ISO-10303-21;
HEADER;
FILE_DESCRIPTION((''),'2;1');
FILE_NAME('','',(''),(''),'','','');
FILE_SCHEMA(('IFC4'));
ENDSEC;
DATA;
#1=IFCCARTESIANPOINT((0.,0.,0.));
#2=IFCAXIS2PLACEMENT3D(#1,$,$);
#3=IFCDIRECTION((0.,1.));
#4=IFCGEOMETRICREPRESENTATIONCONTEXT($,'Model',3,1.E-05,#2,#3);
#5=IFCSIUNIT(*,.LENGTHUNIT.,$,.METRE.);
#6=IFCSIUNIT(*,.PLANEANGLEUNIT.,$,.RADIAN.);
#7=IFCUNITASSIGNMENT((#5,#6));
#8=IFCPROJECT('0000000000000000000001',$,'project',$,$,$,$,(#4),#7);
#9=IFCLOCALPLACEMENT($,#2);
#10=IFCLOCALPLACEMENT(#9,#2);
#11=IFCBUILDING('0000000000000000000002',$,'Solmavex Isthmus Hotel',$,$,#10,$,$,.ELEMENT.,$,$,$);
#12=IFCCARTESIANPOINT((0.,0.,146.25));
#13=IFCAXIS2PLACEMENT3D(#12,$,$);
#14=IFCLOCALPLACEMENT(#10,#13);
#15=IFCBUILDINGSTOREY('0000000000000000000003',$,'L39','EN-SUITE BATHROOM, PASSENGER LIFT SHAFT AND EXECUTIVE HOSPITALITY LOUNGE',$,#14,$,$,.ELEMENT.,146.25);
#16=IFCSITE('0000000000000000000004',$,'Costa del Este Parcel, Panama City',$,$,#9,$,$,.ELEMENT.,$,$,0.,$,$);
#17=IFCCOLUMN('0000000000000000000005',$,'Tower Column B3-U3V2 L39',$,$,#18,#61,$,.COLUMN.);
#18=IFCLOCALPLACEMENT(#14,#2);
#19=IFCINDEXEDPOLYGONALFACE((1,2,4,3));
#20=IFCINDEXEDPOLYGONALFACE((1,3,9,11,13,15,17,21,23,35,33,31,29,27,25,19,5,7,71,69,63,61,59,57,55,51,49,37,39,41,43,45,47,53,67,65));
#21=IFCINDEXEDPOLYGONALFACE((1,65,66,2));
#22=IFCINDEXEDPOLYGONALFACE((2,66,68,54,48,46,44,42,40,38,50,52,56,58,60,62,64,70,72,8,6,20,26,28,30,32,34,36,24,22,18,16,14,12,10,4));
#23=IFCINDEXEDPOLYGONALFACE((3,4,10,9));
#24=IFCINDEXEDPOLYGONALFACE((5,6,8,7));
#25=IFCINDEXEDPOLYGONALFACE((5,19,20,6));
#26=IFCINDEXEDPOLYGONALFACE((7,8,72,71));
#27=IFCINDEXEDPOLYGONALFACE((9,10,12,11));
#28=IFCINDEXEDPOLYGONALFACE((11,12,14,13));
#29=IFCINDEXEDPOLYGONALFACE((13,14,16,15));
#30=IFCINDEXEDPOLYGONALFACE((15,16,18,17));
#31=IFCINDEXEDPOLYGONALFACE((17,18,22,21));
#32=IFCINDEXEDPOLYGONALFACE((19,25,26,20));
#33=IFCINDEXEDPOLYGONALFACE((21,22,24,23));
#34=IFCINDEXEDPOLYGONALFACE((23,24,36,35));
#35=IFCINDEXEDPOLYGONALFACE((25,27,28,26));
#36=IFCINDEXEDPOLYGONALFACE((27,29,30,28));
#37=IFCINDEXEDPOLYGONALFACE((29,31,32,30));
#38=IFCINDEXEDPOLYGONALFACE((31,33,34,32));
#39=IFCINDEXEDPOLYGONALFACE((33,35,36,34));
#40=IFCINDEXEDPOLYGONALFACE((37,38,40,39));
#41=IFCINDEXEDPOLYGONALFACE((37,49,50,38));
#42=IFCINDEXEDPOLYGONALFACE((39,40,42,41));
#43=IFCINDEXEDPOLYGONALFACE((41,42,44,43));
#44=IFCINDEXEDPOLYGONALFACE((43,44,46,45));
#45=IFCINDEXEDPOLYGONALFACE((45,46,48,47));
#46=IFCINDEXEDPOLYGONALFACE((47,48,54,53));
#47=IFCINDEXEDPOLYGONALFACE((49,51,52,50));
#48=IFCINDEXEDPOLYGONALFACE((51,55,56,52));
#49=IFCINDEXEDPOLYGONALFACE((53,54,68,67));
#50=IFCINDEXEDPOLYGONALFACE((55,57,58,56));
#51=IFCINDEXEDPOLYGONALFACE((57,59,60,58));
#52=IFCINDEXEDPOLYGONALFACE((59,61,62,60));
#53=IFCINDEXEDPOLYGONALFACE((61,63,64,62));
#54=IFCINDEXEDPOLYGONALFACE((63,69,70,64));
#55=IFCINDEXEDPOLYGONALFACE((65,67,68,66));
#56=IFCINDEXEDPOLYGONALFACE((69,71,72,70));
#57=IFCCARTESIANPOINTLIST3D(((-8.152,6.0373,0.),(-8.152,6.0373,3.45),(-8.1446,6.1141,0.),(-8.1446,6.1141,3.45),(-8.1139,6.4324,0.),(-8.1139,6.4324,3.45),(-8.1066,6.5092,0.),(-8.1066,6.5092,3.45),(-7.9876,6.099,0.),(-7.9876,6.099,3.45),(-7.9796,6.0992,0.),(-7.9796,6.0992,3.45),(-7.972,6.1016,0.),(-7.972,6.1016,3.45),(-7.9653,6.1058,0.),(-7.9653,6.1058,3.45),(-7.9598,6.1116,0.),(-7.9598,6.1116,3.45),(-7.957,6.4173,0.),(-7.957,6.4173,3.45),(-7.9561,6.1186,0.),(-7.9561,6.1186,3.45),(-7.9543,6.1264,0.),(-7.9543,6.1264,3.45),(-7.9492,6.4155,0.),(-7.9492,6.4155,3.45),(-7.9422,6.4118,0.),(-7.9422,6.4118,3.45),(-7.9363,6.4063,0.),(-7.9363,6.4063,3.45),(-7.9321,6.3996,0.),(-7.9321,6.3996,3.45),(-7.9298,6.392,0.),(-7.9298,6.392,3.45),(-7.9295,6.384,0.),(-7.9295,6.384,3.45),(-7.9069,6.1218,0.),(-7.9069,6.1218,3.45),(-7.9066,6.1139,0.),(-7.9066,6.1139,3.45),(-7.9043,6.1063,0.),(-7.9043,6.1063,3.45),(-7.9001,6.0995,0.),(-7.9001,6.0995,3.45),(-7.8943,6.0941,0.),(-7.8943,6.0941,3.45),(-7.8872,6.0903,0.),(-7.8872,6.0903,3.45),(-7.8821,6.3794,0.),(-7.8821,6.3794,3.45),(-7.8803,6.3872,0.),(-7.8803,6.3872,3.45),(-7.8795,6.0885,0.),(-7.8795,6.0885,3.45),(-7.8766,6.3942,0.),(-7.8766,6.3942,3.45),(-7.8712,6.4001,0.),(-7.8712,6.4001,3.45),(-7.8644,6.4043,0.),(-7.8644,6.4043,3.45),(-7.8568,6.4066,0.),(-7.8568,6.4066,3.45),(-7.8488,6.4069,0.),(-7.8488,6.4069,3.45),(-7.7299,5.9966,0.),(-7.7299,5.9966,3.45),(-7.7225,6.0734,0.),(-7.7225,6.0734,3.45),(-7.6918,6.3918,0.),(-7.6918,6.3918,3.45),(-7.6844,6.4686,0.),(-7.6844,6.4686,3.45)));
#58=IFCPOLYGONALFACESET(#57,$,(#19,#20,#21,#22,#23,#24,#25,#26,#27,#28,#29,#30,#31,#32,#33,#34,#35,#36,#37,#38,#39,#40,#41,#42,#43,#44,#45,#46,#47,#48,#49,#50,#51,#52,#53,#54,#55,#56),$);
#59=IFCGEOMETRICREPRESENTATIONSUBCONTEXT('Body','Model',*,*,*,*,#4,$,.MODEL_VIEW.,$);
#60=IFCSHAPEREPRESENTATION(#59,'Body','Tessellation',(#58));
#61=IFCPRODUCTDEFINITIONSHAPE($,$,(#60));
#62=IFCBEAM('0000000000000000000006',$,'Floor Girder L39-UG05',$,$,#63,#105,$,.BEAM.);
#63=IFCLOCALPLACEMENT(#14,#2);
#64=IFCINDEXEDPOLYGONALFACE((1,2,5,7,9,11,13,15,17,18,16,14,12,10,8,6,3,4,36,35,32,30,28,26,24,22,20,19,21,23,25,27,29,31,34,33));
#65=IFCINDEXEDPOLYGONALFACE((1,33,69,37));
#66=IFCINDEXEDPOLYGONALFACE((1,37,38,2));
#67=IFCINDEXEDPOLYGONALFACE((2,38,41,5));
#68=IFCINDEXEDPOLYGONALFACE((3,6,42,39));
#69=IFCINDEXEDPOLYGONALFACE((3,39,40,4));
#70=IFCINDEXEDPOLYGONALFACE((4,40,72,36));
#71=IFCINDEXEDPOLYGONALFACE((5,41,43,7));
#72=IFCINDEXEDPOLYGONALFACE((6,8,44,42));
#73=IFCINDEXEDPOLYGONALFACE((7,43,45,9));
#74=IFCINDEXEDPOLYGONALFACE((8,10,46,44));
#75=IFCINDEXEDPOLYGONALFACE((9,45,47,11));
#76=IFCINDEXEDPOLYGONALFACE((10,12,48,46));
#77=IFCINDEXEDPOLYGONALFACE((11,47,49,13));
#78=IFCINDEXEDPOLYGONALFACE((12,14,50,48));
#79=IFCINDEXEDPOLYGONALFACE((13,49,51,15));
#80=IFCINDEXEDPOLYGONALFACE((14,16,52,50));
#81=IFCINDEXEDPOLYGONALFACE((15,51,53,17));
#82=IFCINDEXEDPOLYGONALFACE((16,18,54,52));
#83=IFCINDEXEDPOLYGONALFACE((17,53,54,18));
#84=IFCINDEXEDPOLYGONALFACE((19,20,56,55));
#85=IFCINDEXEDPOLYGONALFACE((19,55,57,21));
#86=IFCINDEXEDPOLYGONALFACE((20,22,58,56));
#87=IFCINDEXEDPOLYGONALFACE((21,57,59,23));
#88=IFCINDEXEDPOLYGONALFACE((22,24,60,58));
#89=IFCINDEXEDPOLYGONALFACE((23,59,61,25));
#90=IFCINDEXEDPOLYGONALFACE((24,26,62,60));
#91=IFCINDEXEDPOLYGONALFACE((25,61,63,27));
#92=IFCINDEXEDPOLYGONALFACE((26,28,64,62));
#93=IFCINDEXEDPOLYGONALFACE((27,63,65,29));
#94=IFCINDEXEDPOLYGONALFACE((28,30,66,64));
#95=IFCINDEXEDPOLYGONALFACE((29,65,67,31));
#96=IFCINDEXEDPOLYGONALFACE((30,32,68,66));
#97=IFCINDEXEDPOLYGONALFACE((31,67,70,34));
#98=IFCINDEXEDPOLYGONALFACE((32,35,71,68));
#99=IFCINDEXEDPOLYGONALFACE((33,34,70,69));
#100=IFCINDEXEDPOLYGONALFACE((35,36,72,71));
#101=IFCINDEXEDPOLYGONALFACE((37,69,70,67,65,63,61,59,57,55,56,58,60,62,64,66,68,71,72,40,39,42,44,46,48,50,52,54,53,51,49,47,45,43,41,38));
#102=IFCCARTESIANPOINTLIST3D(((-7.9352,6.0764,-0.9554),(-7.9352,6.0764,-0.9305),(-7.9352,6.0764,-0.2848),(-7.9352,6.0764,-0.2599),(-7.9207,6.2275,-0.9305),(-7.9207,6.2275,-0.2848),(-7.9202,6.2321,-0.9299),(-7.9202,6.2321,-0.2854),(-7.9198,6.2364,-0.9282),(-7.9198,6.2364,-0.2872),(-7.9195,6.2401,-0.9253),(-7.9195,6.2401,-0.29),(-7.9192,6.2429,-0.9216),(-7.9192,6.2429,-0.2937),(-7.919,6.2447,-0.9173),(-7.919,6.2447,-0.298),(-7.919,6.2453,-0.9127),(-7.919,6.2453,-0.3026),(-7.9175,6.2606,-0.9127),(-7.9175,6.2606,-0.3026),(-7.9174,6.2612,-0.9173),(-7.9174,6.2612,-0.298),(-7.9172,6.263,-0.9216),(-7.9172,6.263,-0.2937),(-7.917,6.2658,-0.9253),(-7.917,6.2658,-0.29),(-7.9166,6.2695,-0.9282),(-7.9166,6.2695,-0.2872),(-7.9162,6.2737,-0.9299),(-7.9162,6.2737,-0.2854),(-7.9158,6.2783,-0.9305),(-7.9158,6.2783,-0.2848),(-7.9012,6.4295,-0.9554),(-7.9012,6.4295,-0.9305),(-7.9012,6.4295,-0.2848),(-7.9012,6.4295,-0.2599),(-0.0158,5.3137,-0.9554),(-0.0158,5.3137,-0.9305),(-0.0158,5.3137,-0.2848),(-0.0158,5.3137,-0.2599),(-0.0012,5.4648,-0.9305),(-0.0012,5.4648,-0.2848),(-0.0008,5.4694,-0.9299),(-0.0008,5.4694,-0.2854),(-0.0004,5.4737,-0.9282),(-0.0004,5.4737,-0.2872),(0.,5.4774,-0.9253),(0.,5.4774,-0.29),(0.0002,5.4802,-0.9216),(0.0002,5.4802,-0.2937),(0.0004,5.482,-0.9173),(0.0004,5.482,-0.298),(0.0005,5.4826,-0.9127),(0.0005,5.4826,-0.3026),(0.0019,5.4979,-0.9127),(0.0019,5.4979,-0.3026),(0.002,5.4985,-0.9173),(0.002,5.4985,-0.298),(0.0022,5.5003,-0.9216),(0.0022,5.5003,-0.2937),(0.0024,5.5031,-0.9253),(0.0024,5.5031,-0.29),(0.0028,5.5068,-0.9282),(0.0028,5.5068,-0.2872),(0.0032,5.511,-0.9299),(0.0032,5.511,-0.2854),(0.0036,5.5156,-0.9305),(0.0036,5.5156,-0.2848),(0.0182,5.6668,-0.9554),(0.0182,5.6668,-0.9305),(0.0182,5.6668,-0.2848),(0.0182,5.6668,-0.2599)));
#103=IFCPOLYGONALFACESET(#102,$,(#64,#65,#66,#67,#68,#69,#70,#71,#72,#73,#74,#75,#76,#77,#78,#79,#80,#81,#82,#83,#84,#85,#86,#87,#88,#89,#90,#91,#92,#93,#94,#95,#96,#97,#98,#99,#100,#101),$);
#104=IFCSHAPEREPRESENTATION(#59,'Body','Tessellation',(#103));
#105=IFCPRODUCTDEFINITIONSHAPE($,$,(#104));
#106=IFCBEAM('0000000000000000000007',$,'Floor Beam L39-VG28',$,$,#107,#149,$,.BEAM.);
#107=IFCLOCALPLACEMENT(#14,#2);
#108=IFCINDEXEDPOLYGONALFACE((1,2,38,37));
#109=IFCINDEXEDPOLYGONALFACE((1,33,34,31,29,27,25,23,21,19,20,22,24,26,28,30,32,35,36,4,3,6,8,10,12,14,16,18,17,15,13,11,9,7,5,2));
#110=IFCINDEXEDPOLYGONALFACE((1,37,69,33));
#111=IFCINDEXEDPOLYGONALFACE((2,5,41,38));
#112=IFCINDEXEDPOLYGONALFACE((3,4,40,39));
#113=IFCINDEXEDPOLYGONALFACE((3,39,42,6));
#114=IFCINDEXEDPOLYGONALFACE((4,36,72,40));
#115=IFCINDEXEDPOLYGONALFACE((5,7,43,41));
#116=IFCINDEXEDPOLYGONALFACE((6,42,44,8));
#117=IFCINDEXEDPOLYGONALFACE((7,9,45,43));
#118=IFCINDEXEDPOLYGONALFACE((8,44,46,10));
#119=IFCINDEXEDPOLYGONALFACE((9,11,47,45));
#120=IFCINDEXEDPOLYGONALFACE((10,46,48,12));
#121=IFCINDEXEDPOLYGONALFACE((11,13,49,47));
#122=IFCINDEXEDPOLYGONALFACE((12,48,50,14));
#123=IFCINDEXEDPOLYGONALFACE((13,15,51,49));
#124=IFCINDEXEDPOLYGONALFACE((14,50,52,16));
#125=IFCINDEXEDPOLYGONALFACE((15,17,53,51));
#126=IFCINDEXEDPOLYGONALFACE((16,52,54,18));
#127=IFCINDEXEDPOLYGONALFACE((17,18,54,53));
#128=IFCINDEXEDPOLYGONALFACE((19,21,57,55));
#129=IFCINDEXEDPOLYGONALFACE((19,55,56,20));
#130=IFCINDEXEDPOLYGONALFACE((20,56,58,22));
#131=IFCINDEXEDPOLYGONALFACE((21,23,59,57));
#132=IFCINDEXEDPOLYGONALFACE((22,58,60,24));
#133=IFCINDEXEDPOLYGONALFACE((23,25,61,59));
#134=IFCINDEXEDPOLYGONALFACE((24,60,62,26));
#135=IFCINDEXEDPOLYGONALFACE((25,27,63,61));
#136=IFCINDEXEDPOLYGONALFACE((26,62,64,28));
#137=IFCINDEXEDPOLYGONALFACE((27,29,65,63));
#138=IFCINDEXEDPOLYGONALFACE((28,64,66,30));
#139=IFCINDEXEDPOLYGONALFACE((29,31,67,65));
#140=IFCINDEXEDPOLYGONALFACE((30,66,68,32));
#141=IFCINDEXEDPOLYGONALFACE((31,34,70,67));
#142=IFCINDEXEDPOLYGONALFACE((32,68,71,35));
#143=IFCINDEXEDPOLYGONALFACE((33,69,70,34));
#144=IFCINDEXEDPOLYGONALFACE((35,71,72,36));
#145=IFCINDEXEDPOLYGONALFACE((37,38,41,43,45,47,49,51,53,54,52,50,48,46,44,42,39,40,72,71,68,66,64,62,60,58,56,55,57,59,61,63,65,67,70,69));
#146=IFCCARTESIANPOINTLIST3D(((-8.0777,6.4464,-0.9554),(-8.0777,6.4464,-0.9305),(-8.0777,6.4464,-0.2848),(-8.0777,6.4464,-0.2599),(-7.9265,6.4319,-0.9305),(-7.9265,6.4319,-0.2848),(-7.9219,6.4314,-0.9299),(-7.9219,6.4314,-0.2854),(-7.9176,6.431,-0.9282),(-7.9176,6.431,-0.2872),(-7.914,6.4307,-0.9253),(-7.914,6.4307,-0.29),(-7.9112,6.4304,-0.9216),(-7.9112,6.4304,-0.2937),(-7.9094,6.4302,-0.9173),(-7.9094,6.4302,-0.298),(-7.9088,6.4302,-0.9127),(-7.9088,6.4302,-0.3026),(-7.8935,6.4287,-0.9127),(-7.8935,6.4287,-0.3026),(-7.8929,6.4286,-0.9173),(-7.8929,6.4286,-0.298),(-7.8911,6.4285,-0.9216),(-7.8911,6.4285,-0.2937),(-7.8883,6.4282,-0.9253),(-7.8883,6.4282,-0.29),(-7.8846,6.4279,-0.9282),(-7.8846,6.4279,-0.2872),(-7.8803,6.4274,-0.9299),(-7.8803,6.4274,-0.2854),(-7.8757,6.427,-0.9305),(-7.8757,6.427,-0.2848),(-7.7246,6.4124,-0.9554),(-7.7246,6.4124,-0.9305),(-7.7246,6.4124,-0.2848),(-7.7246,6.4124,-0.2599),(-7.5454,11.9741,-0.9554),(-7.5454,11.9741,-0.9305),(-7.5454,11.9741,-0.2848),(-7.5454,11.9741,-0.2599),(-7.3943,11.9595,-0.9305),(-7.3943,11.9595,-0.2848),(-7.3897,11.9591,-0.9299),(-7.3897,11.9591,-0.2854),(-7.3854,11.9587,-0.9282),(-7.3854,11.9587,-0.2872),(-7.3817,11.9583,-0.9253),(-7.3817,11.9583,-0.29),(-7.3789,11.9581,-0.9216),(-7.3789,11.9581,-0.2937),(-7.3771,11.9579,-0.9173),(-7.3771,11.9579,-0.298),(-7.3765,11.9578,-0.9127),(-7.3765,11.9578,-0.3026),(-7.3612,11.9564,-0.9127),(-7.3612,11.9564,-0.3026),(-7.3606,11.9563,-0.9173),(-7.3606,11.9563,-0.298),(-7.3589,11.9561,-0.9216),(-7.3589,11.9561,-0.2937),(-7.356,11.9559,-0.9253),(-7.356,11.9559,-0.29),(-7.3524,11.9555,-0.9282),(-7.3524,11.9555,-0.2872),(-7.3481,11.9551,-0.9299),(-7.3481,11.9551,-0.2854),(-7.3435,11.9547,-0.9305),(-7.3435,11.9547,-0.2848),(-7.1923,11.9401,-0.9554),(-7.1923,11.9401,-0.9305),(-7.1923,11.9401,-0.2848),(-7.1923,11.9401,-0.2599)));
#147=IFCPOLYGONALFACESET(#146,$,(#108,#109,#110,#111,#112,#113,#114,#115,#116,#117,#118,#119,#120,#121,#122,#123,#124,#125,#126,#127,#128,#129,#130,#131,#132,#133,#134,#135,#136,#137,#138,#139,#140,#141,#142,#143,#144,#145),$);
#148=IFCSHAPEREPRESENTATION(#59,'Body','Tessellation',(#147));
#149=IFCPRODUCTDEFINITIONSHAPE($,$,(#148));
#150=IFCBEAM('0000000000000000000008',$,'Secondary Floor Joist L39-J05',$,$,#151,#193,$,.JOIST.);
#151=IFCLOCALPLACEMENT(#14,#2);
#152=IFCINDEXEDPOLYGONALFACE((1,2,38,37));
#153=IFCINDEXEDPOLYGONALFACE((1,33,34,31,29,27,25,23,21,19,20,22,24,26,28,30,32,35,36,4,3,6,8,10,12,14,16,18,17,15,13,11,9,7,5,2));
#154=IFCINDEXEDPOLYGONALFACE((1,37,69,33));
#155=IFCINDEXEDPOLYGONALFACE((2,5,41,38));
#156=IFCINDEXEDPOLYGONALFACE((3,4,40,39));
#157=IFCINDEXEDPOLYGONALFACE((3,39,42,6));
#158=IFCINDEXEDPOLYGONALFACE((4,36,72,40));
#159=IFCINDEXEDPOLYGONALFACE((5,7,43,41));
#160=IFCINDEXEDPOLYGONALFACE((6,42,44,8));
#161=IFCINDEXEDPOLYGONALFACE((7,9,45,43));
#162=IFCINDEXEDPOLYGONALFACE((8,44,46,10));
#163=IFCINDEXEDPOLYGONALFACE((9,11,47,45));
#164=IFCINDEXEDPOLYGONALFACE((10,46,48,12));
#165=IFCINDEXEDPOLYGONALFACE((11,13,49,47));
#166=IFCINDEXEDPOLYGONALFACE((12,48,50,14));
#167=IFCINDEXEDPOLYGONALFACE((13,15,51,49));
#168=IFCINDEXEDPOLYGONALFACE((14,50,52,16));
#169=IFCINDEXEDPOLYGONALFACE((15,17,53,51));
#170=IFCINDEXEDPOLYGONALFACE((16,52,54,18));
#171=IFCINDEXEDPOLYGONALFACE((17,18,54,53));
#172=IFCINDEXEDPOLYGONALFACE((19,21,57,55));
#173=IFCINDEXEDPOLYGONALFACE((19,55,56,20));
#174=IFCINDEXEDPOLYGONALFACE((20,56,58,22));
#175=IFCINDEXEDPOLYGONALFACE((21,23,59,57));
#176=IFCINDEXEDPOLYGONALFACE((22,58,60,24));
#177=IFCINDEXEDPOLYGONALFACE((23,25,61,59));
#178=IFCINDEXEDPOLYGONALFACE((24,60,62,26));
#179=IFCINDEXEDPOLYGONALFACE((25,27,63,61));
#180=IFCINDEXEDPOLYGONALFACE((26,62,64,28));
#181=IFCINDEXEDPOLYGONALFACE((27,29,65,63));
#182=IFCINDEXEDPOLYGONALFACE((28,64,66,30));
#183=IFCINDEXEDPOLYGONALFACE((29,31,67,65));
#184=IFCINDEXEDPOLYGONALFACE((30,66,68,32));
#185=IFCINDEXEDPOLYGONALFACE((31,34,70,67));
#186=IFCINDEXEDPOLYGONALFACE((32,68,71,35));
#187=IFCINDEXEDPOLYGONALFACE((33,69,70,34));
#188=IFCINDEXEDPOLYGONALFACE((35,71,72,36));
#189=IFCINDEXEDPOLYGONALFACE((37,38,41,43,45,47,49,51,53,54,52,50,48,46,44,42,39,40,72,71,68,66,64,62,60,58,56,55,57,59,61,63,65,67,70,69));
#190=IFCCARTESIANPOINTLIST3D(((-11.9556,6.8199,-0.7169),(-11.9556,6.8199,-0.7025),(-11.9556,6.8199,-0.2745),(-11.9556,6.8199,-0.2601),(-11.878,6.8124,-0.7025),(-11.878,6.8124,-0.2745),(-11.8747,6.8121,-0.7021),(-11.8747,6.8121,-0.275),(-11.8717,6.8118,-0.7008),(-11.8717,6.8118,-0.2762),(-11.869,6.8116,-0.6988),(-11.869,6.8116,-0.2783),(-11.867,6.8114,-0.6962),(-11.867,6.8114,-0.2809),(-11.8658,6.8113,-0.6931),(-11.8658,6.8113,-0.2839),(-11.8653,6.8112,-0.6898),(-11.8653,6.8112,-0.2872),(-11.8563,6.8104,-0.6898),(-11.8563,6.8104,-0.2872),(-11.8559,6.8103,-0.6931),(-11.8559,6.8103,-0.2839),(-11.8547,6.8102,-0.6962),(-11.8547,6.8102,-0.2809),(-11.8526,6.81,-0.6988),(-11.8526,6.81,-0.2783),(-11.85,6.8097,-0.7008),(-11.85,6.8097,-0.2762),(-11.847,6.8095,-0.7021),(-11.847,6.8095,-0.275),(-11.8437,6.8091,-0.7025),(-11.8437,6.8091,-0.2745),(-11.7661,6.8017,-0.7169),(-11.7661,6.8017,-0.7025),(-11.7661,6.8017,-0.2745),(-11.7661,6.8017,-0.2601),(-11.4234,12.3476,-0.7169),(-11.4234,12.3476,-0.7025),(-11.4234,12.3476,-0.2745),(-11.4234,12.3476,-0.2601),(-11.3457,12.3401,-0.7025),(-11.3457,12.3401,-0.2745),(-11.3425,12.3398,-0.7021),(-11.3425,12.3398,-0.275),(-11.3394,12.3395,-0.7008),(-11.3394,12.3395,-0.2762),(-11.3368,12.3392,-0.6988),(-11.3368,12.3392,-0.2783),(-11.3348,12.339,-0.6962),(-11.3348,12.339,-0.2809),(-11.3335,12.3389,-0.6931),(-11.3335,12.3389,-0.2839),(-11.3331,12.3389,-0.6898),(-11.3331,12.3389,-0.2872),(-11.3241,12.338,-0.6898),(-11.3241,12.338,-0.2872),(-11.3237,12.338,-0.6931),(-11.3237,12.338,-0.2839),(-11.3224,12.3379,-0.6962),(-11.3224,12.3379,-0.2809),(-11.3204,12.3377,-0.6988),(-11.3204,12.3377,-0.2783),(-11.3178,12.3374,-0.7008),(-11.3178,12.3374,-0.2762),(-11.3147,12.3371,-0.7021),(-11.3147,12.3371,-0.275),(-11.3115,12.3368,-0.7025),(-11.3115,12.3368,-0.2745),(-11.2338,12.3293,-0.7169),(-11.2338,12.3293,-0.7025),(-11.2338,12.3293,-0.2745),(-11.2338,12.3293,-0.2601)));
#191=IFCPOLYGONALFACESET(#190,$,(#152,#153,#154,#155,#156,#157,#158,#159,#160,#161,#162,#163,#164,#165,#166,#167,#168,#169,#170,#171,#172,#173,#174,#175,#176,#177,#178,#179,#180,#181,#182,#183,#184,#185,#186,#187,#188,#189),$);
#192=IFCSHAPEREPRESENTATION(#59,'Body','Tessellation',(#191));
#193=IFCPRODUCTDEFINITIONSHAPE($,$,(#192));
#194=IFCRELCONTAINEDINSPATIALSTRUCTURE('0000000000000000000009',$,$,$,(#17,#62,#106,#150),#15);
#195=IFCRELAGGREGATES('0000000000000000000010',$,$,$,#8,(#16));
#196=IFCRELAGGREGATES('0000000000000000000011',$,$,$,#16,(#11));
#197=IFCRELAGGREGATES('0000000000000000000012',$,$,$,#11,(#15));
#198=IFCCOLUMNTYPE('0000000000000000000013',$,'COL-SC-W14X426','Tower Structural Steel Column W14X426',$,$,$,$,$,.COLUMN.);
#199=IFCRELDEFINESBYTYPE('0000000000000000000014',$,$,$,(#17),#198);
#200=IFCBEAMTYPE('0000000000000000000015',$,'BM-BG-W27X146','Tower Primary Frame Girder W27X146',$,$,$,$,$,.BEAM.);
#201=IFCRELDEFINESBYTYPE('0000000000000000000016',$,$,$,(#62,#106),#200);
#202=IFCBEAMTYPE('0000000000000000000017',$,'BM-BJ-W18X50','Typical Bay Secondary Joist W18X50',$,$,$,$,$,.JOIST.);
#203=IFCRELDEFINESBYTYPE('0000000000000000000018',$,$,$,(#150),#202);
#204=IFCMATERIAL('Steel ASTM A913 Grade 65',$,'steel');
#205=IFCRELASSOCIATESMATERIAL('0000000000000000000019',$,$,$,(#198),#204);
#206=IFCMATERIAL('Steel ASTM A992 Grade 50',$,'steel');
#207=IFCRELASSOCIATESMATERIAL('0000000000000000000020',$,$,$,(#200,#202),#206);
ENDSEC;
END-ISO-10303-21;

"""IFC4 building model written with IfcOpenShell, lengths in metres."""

from ifc_helpers import new_model, si_unit, direction, frame, origin, origin_2d, place, context, subcontext, project, spatial, i_section, extrude, material, material_profile, profile_set, type_object, element, save


model = new_model("IFC4")

# Units and contexts
model_context = context("Model", 3, precision=1e-05, world=origin(), true_north=direction((0.0, 1.0)))
body_context = subcontext(model_context, "Body", "Model", "MODEL_VIEW")
ifc_project = project(units=[si_unit("LENGTHUNIT", "METRE"), si_unit("PLANEANGLEUNIT", "RADIAN")], contexts=[model_context])

# Site, building, storey
site_placement = place(None, origin())
site = spatial("IfcSite", under=ifc_project, at=site_placement, Name="Costa del Este Parcel, Panama City", CompositionType="ELEMENT", RefElevation=0.0)
building_placement = place(site_placement, origin())
building = spatial("IfcBuilding", under=site, at=building_placement, Name="Solmavex Isthmus Hotel", CompositionType="ELEMENT")
storey_placement = place(building_placement, frame((0.0, 0.0, 146.25)))
storey = spatial("IfcBuildingStorey", under=building, at=storey_placement, Name="L39", Description="EN-SUITE BATHROOM, PASSENGER LIFT SHAFT AND EXECUTIVE HOSPITALITY LOUNGE", CompositionType="ELEMENT", Elevation=146.25)

# Column
ifc_material_1 = material(Name="Steel ASTM A913 Grade 65", Category="steel")
ifc_material_profile_1 = material_profile(ifc_material_1, i_section(OverallWidth=0.4241, OverallDepth=0.4741, WebThickness=0.0476, FlangeThickness=0.0771, FilletRadius=0.0305, at=origin_2d()), Name="W14X426")
ifc_profile_set_1 = profile_set([ifc_material_profile_1], Name="Steel ASTM A913 Grade 65")
column_type = type_object("IfcColumnType", Name="COL-SC-W14X426", Description="Tower Structural Steel Column W14X426", PredefinedType="COLUMN", material=ifc_profile_set_1)
column_placement = place(storey_placement, frame((-7.9182, 6.2529, 0.0), z_axis=(0.0, 0.0, 1.0), x_axis=(0.995396, -0.095846, 0.0)))
element("IfcColumn", 1, at=column_placement, inside=storey, type_object=column_type, Name="Tower Column B3-U3V2 L39", PredefinedType="COLUMN", context=body_context, shape_type="SweptSolid", body=[
    extrude(i_section(OverallWidth=0.4241, OverallDepth=0.4741, WebThickness=0.0476, FlangeThickness=0.0771, FilletRadius=0.0305, at=origin_2d()), origin(), (0.0, 0.0, 1.0), 3.45),
])

# Beams
ifc_material_2 = material(Name="Steel ASTM A992 Grade 50", Category="steel")
ifc_material_profile_2 = material_profile(ifc_material_2, i_section(OverallWidth=0.3547, OverallDepth=0.6956, WebThickness=0.0154, FlangeThickness=0.0249, FilletRadius=0.0178, at=origin_2d()), Name="W27X146")
ifc_profile_set_2 = profile_set([ifc_material_profile_2], Name="Steel ASTM A992 Grade 50")
beam_type_1 = type_object("IfcBeamType", Name="BM-BG-W27X146", Description="Tower Primary Frame Girder W27X146", PredefinedType="BEAM", material=ifc_profile_set_2)
beam_1_placement = place(storey_placement, frame((-7.9182, 6.2529, -0.6077), z_axis=(0.995395, -0.095863, 0.0), x_axis=(0.095863, 0.995395, 0.0)))
element("IfcBeam", 2, at=beam_1_placement, inside=storey, type_object=beam_type_1, Name="Floor Girder L39-UG05", PredefinedType="BEAM", context=body_context, shape_type="SweptSolid", body=[
    extrude(i_section(OverallWidth=0.3547, OverallDepth=0.6956, WebThickness=0.0154, FlangeThickness=0.0249, FilletRadius=0.0178, at=origin_2d()), origin(), (0.0, 0.0, 1.0), 7.9561),
])
beam_2_placement = place(storey_placement, frame((-7.9011, 6.4294, -0.6077), z_axis=(0.095842, 0.995397, 0.0), x_axis=(-0.995397, 0.095842, 0.0)))
element("IfcBeam", 3, at=beam_2_placement, inside=storey, type_object=beam_type_1, Name="Floor Beam L39-VG28", PredefinedType="BEAM", context=body_context, shape_type="SweptSolid", body=[
    extrude(i_section(OverallWidth=0.3547, OverallDepth=0.6956, WebThickness=0.0154, FlangeThickness=0.0249, FilletRadius=0.0178, at=origin_2d()), origin(), (0.0, 0.0, 1.0), 5.5532),
])
ifc_material_profile_3 = material_profile(ifc_material_2, i_section(OverallWidth=0.1904, OverallDepth=0.4568, WebThickness=0.009, FlangeThickness=0.0144, FilletRadius=0.0127, at=origin_2d()), Name="W18X50")
ifc_profile_set_3 = profile_set([ifc_material_profile_3], Name="Steel ASTM A992 Grade 50")
beam_type_2 = type_object("IfcBeamType", Name="BM-BJ-W18X50", Description="Typical Bay Secondary Joist W18X50", PredefinedType="JOIST", material=ifc_profile_set_3)
beam_3_placement = place(storey_placement, frame((-11.8608, 6.8108, -0.4885), z_axis=(0.095842, 0.995397, 0.0), x_axis=(-0.995397, 0.095842, 0.0)))
element("IfcBeam", 4, at=beam_3_placement, inside=storey, type_object=beam_type_2, Name="Secondary Floor Joist L39-J05", PredefinedType="JOIST", context=body_context, shape_type="SweptSolid", body=[
    extrude(i_section(OverallWidth=0.1904, OverallDepth=0.4568, WebThickness=0.009, FlangeThickness=0.0144, FilletRadius=0.0127, at=origin_2d()), origin(), (0.0, 0.0, 1.0), 5.5532),
])

save(model, "model.ifc")
